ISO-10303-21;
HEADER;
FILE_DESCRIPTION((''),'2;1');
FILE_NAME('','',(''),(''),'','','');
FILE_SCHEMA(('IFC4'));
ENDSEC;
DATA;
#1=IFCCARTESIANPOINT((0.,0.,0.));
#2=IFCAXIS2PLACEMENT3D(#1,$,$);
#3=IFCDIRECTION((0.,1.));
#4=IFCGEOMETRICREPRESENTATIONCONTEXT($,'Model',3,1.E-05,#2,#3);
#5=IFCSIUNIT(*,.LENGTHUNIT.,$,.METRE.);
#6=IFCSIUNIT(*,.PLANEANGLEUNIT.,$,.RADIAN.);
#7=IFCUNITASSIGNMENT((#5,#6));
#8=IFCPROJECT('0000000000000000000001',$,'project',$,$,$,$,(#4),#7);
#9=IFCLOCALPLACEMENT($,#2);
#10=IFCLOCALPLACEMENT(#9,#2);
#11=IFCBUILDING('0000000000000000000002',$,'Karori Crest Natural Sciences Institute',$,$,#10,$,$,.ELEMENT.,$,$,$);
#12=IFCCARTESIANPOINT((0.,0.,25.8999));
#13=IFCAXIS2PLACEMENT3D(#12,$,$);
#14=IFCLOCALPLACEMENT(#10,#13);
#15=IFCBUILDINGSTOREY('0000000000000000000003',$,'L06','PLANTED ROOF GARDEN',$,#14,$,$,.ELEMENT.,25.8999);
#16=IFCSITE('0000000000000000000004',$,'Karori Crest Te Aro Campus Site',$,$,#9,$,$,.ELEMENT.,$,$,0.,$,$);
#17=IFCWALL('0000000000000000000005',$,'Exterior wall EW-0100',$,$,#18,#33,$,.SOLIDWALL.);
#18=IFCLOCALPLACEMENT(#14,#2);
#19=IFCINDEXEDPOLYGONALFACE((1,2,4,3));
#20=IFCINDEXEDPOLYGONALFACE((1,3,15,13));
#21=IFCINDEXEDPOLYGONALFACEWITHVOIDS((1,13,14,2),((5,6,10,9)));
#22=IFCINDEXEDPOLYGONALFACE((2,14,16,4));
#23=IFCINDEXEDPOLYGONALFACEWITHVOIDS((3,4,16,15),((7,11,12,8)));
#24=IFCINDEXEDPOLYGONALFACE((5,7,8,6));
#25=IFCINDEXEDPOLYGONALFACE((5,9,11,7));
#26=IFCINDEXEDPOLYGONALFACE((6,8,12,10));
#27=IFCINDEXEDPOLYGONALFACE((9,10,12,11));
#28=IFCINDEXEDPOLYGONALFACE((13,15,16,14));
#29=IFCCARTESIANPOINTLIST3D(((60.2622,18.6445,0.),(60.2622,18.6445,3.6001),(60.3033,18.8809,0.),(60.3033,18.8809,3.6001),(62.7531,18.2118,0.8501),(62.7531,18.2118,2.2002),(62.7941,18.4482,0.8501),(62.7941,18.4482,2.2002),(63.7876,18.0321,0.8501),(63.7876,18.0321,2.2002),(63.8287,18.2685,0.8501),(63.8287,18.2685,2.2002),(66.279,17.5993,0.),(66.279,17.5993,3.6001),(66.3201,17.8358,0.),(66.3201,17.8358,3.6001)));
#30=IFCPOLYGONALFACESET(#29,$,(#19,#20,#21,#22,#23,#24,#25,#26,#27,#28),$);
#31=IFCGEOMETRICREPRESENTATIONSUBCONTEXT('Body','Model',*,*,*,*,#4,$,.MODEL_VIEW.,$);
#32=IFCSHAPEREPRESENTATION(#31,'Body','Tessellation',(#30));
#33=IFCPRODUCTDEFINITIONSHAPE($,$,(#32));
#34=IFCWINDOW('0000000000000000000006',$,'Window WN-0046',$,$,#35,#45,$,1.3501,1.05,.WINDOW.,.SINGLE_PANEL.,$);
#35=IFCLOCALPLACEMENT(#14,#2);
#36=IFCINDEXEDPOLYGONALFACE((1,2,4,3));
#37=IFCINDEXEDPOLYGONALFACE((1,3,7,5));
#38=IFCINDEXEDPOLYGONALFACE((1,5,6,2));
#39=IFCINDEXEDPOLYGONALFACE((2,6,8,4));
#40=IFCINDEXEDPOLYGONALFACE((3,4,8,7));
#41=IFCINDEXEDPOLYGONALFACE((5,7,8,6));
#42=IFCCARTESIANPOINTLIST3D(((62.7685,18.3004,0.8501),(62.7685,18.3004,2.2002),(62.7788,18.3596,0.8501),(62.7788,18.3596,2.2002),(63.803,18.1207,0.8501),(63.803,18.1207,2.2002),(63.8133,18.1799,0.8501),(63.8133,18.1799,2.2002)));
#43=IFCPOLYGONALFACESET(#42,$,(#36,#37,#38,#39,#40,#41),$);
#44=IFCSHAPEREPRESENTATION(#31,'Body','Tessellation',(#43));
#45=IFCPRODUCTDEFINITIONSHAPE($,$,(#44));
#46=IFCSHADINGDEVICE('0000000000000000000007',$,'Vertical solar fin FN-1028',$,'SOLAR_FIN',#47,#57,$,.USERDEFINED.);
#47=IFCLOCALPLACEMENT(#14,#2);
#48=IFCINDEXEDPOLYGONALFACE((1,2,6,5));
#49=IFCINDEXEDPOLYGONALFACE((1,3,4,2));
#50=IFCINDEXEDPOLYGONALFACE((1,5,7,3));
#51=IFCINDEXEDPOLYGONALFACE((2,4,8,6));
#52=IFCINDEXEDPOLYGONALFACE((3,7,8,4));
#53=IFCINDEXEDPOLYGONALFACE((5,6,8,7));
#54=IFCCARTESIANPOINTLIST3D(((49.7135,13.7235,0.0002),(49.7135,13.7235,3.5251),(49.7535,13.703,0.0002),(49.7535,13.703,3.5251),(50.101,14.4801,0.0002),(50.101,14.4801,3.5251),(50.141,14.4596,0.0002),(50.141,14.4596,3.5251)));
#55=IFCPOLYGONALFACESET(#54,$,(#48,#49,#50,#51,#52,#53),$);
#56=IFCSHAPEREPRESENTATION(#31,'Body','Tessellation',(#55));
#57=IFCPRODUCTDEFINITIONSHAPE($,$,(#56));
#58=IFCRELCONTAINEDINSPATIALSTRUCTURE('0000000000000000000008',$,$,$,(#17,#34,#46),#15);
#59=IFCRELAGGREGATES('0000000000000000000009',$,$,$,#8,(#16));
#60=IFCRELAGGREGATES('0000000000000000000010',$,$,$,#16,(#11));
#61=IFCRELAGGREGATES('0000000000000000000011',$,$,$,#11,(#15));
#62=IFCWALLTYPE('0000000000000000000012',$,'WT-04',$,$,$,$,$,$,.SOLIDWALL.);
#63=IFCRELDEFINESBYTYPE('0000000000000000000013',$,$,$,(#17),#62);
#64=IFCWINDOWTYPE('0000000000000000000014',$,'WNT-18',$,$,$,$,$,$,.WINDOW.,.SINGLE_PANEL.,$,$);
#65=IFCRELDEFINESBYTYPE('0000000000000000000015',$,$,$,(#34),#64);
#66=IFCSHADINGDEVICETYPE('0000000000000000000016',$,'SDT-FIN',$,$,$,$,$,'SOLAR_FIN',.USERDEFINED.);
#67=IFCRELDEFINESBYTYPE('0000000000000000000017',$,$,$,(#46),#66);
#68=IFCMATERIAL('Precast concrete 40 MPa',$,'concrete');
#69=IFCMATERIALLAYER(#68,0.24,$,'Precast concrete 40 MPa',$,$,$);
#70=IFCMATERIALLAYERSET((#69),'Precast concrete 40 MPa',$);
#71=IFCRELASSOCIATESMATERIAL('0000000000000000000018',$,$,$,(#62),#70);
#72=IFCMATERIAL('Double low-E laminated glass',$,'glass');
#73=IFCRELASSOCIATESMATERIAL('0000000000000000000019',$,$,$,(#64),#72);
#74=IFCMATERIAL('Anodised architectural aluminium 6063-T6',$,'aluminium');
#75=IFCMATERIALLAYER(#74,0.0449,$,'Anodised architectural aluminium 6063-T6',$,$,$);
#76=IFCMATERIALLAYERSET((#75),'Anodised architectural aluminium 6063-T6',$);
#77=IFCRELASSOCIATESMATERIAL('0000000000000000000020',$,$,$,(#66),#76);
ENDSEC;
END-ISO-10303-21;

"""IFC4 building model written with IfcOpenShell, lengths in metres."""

from ifc_helpers import new_model, si_unit, direction, frame, frame_2d, origin, origin_2d, place, context, subcontext, project, spatial, rectangle, extrude, material, layer, layer_set, type_object, element, fill, save


model = new_model("IFC4")

# Units and contexts
model_context = context("Model", 3, precision=1e-05, world=origin(), true_north=direction((0.0, 1.0)))
body_context = subcontext(model_context, "Body", "Model", "MODEL_VIEW")
ifc_project = project(units=[si_unit("LENGTHUNIT", "METRE"), si_unit("PLANEANGLEUNIT", "RADIAN")], contexts=[model_context])

# Site, building, storey
site_placement = place(None, origin())
site = spatial("IfcSite", under=ifc_project, at=site_placement, Name="Karori Crest Te Aro Campus Site", CompositionType="ELEMENT", RefElevation=0.0)
building_placement = place(site_placement, origin())
building = spatial("IfcBuilding", under=site, at=building_placement, Name="Karori Crest Natural Sciences Institute", CompositionType="ELEMENT")
storey_placement = place(building_placement, frame((0.0, 0.0, 25.8999)))
storey = spatial("IfcBuildingStorey", under=building, at=storey_placement, Name="L06", Description="PLANTED ROOF GARDEN", CompositionType="ELEMENT", Elevation=25.8999)

# Shared definitions
ifc_material_1 = material(Name="Anodised architectural aluminium 6063-T6", Category="aluminium")

# Shared definitions
ifc_material_2 = material(Name="Double low-E laminated glass", Category="glass")

# Wall, opening, window
ifc_material_3 = material(Name="Precast concrete 40 MPa", Category="concrete")
ifc_layer_1 = layer(ifc_material_3, 0.24, Name="Precast concrete 40 MPa")
ifc_layer_set_1 = layer_set([ifc_layer_1], Name="Precast concrete 40 MPa")
wall_type_1 = type_object("IfcWallType", Name="WT-04", PredefinedType="SOLIDWALL", material=ifc_layer_set_1)
wall_1_placement = place(storey_placement, frame((60.2827, 18.7627, 0.0), z_axis=(0.0, 0.0, 1.0), x_axis=(0.985246, -0.171144, 0.0)))
wall_1 = element("IfcWall", 1, at=wall_1_placement, inside=storey, type_object=wall_type_1, Name="Exterior wall EW-0100", PredefinedType="SOLIDWALL", context=body_context, shape_type="SweptSolid", body=[
    extrude(rectangle(XDim=6.1069, YDim=0.24, at=frame_2d((3.0535, 0.0))), origin(), (0.0, 0.0, 1.0), 3.6001),
])
opening_1_placement = place(wall_1_placement, frame((2.5283, 0.0, 0.8501)))
opening_1 = element("IfcOpeningElement", 2, at=opening_1_placement, cuts=wall_1, PredefinedType="OPENING", context=body_context, shape_type="SweptSolid", body=[
    extrude(rectangle(XDim=1.05, YDim=1.3501, at=frame_2d((0.5249, 0.675))), frame((0.0, 0.1299, 0.0), z_axis=(0.0, -1.0, 0.0), x_axis=(1.0, 0.0, 0.0)), (0.0, 0.0, 1.0), 0.26),
])
window_type = type_object("IfcWindowType", Name="WNT-18", PartitioningType="SINGLE_PANEL", PredefinedType="WINDOW", material=ifc_material_2)
window_placement = place(opening_1_placement, origin())
window = element("IfcWindow", 3, at=window_placement, inside=storey, type_object=window_type, Name="Window WN-0046", OverallHeight=1.3501, OverallWidth=1.05, PartitioningType="SINGLE_PANEL", PredefinedType="WINDOW", context=body_context, shape_type="SweptSolid", body=[
    extrude(rectangle(XDim=1.05, YDim=1.3501, at=frame_2d((0.5249, 0.675))), frame((0.0, 0.03, 0.0), z_axis=(0.0, -1.0, 0.0), x_axis=(1.0, 0.0, 0.0)), (0.0, 0.0, 1.0), 0.0601),
])
fill(opening_1, window)

# Shading device
ifc_layer_2 = layer(ifc_material_1, 0.0449, Name="Anodised architectural aluminium 6063-T6")
ifc_layer_set_2 = layer_set([ifc_layer_2], Name="Anodised architectural aluminium 6063-T6")
shading_device_type = type_object("IfcShadingDeviceType", Name="SDT-FIN", ElementType="SOLAR_FIN", PredefinedType="USERDEFINED", material=ifc_layer_set_2)
shading_device_placement = place(storey_placement, frame((49.9272, 14.0916, 0.0002), z_axis=(0.0, 0.0, 1.0), x_axis=(-0.455829, -0.890067, 0.0)))
element("IfcShadingDevice", 4, at=shading_device_placement, inside=storey, type_object=shading_device_type, Name="Vertical solar fin FN-1028", ObjectType="SOLAR_FIN", PredefinedType="USERDEFINED", context=body_context, shape_type="SweptSolid", body=[
    extrude(rectangle(XDim=0.8501, YDim=0.0449, at=origin_2d()), origin(), (0.0, 0.0, 1.0), 3.5249),
])

save(model, "model.ifc")
